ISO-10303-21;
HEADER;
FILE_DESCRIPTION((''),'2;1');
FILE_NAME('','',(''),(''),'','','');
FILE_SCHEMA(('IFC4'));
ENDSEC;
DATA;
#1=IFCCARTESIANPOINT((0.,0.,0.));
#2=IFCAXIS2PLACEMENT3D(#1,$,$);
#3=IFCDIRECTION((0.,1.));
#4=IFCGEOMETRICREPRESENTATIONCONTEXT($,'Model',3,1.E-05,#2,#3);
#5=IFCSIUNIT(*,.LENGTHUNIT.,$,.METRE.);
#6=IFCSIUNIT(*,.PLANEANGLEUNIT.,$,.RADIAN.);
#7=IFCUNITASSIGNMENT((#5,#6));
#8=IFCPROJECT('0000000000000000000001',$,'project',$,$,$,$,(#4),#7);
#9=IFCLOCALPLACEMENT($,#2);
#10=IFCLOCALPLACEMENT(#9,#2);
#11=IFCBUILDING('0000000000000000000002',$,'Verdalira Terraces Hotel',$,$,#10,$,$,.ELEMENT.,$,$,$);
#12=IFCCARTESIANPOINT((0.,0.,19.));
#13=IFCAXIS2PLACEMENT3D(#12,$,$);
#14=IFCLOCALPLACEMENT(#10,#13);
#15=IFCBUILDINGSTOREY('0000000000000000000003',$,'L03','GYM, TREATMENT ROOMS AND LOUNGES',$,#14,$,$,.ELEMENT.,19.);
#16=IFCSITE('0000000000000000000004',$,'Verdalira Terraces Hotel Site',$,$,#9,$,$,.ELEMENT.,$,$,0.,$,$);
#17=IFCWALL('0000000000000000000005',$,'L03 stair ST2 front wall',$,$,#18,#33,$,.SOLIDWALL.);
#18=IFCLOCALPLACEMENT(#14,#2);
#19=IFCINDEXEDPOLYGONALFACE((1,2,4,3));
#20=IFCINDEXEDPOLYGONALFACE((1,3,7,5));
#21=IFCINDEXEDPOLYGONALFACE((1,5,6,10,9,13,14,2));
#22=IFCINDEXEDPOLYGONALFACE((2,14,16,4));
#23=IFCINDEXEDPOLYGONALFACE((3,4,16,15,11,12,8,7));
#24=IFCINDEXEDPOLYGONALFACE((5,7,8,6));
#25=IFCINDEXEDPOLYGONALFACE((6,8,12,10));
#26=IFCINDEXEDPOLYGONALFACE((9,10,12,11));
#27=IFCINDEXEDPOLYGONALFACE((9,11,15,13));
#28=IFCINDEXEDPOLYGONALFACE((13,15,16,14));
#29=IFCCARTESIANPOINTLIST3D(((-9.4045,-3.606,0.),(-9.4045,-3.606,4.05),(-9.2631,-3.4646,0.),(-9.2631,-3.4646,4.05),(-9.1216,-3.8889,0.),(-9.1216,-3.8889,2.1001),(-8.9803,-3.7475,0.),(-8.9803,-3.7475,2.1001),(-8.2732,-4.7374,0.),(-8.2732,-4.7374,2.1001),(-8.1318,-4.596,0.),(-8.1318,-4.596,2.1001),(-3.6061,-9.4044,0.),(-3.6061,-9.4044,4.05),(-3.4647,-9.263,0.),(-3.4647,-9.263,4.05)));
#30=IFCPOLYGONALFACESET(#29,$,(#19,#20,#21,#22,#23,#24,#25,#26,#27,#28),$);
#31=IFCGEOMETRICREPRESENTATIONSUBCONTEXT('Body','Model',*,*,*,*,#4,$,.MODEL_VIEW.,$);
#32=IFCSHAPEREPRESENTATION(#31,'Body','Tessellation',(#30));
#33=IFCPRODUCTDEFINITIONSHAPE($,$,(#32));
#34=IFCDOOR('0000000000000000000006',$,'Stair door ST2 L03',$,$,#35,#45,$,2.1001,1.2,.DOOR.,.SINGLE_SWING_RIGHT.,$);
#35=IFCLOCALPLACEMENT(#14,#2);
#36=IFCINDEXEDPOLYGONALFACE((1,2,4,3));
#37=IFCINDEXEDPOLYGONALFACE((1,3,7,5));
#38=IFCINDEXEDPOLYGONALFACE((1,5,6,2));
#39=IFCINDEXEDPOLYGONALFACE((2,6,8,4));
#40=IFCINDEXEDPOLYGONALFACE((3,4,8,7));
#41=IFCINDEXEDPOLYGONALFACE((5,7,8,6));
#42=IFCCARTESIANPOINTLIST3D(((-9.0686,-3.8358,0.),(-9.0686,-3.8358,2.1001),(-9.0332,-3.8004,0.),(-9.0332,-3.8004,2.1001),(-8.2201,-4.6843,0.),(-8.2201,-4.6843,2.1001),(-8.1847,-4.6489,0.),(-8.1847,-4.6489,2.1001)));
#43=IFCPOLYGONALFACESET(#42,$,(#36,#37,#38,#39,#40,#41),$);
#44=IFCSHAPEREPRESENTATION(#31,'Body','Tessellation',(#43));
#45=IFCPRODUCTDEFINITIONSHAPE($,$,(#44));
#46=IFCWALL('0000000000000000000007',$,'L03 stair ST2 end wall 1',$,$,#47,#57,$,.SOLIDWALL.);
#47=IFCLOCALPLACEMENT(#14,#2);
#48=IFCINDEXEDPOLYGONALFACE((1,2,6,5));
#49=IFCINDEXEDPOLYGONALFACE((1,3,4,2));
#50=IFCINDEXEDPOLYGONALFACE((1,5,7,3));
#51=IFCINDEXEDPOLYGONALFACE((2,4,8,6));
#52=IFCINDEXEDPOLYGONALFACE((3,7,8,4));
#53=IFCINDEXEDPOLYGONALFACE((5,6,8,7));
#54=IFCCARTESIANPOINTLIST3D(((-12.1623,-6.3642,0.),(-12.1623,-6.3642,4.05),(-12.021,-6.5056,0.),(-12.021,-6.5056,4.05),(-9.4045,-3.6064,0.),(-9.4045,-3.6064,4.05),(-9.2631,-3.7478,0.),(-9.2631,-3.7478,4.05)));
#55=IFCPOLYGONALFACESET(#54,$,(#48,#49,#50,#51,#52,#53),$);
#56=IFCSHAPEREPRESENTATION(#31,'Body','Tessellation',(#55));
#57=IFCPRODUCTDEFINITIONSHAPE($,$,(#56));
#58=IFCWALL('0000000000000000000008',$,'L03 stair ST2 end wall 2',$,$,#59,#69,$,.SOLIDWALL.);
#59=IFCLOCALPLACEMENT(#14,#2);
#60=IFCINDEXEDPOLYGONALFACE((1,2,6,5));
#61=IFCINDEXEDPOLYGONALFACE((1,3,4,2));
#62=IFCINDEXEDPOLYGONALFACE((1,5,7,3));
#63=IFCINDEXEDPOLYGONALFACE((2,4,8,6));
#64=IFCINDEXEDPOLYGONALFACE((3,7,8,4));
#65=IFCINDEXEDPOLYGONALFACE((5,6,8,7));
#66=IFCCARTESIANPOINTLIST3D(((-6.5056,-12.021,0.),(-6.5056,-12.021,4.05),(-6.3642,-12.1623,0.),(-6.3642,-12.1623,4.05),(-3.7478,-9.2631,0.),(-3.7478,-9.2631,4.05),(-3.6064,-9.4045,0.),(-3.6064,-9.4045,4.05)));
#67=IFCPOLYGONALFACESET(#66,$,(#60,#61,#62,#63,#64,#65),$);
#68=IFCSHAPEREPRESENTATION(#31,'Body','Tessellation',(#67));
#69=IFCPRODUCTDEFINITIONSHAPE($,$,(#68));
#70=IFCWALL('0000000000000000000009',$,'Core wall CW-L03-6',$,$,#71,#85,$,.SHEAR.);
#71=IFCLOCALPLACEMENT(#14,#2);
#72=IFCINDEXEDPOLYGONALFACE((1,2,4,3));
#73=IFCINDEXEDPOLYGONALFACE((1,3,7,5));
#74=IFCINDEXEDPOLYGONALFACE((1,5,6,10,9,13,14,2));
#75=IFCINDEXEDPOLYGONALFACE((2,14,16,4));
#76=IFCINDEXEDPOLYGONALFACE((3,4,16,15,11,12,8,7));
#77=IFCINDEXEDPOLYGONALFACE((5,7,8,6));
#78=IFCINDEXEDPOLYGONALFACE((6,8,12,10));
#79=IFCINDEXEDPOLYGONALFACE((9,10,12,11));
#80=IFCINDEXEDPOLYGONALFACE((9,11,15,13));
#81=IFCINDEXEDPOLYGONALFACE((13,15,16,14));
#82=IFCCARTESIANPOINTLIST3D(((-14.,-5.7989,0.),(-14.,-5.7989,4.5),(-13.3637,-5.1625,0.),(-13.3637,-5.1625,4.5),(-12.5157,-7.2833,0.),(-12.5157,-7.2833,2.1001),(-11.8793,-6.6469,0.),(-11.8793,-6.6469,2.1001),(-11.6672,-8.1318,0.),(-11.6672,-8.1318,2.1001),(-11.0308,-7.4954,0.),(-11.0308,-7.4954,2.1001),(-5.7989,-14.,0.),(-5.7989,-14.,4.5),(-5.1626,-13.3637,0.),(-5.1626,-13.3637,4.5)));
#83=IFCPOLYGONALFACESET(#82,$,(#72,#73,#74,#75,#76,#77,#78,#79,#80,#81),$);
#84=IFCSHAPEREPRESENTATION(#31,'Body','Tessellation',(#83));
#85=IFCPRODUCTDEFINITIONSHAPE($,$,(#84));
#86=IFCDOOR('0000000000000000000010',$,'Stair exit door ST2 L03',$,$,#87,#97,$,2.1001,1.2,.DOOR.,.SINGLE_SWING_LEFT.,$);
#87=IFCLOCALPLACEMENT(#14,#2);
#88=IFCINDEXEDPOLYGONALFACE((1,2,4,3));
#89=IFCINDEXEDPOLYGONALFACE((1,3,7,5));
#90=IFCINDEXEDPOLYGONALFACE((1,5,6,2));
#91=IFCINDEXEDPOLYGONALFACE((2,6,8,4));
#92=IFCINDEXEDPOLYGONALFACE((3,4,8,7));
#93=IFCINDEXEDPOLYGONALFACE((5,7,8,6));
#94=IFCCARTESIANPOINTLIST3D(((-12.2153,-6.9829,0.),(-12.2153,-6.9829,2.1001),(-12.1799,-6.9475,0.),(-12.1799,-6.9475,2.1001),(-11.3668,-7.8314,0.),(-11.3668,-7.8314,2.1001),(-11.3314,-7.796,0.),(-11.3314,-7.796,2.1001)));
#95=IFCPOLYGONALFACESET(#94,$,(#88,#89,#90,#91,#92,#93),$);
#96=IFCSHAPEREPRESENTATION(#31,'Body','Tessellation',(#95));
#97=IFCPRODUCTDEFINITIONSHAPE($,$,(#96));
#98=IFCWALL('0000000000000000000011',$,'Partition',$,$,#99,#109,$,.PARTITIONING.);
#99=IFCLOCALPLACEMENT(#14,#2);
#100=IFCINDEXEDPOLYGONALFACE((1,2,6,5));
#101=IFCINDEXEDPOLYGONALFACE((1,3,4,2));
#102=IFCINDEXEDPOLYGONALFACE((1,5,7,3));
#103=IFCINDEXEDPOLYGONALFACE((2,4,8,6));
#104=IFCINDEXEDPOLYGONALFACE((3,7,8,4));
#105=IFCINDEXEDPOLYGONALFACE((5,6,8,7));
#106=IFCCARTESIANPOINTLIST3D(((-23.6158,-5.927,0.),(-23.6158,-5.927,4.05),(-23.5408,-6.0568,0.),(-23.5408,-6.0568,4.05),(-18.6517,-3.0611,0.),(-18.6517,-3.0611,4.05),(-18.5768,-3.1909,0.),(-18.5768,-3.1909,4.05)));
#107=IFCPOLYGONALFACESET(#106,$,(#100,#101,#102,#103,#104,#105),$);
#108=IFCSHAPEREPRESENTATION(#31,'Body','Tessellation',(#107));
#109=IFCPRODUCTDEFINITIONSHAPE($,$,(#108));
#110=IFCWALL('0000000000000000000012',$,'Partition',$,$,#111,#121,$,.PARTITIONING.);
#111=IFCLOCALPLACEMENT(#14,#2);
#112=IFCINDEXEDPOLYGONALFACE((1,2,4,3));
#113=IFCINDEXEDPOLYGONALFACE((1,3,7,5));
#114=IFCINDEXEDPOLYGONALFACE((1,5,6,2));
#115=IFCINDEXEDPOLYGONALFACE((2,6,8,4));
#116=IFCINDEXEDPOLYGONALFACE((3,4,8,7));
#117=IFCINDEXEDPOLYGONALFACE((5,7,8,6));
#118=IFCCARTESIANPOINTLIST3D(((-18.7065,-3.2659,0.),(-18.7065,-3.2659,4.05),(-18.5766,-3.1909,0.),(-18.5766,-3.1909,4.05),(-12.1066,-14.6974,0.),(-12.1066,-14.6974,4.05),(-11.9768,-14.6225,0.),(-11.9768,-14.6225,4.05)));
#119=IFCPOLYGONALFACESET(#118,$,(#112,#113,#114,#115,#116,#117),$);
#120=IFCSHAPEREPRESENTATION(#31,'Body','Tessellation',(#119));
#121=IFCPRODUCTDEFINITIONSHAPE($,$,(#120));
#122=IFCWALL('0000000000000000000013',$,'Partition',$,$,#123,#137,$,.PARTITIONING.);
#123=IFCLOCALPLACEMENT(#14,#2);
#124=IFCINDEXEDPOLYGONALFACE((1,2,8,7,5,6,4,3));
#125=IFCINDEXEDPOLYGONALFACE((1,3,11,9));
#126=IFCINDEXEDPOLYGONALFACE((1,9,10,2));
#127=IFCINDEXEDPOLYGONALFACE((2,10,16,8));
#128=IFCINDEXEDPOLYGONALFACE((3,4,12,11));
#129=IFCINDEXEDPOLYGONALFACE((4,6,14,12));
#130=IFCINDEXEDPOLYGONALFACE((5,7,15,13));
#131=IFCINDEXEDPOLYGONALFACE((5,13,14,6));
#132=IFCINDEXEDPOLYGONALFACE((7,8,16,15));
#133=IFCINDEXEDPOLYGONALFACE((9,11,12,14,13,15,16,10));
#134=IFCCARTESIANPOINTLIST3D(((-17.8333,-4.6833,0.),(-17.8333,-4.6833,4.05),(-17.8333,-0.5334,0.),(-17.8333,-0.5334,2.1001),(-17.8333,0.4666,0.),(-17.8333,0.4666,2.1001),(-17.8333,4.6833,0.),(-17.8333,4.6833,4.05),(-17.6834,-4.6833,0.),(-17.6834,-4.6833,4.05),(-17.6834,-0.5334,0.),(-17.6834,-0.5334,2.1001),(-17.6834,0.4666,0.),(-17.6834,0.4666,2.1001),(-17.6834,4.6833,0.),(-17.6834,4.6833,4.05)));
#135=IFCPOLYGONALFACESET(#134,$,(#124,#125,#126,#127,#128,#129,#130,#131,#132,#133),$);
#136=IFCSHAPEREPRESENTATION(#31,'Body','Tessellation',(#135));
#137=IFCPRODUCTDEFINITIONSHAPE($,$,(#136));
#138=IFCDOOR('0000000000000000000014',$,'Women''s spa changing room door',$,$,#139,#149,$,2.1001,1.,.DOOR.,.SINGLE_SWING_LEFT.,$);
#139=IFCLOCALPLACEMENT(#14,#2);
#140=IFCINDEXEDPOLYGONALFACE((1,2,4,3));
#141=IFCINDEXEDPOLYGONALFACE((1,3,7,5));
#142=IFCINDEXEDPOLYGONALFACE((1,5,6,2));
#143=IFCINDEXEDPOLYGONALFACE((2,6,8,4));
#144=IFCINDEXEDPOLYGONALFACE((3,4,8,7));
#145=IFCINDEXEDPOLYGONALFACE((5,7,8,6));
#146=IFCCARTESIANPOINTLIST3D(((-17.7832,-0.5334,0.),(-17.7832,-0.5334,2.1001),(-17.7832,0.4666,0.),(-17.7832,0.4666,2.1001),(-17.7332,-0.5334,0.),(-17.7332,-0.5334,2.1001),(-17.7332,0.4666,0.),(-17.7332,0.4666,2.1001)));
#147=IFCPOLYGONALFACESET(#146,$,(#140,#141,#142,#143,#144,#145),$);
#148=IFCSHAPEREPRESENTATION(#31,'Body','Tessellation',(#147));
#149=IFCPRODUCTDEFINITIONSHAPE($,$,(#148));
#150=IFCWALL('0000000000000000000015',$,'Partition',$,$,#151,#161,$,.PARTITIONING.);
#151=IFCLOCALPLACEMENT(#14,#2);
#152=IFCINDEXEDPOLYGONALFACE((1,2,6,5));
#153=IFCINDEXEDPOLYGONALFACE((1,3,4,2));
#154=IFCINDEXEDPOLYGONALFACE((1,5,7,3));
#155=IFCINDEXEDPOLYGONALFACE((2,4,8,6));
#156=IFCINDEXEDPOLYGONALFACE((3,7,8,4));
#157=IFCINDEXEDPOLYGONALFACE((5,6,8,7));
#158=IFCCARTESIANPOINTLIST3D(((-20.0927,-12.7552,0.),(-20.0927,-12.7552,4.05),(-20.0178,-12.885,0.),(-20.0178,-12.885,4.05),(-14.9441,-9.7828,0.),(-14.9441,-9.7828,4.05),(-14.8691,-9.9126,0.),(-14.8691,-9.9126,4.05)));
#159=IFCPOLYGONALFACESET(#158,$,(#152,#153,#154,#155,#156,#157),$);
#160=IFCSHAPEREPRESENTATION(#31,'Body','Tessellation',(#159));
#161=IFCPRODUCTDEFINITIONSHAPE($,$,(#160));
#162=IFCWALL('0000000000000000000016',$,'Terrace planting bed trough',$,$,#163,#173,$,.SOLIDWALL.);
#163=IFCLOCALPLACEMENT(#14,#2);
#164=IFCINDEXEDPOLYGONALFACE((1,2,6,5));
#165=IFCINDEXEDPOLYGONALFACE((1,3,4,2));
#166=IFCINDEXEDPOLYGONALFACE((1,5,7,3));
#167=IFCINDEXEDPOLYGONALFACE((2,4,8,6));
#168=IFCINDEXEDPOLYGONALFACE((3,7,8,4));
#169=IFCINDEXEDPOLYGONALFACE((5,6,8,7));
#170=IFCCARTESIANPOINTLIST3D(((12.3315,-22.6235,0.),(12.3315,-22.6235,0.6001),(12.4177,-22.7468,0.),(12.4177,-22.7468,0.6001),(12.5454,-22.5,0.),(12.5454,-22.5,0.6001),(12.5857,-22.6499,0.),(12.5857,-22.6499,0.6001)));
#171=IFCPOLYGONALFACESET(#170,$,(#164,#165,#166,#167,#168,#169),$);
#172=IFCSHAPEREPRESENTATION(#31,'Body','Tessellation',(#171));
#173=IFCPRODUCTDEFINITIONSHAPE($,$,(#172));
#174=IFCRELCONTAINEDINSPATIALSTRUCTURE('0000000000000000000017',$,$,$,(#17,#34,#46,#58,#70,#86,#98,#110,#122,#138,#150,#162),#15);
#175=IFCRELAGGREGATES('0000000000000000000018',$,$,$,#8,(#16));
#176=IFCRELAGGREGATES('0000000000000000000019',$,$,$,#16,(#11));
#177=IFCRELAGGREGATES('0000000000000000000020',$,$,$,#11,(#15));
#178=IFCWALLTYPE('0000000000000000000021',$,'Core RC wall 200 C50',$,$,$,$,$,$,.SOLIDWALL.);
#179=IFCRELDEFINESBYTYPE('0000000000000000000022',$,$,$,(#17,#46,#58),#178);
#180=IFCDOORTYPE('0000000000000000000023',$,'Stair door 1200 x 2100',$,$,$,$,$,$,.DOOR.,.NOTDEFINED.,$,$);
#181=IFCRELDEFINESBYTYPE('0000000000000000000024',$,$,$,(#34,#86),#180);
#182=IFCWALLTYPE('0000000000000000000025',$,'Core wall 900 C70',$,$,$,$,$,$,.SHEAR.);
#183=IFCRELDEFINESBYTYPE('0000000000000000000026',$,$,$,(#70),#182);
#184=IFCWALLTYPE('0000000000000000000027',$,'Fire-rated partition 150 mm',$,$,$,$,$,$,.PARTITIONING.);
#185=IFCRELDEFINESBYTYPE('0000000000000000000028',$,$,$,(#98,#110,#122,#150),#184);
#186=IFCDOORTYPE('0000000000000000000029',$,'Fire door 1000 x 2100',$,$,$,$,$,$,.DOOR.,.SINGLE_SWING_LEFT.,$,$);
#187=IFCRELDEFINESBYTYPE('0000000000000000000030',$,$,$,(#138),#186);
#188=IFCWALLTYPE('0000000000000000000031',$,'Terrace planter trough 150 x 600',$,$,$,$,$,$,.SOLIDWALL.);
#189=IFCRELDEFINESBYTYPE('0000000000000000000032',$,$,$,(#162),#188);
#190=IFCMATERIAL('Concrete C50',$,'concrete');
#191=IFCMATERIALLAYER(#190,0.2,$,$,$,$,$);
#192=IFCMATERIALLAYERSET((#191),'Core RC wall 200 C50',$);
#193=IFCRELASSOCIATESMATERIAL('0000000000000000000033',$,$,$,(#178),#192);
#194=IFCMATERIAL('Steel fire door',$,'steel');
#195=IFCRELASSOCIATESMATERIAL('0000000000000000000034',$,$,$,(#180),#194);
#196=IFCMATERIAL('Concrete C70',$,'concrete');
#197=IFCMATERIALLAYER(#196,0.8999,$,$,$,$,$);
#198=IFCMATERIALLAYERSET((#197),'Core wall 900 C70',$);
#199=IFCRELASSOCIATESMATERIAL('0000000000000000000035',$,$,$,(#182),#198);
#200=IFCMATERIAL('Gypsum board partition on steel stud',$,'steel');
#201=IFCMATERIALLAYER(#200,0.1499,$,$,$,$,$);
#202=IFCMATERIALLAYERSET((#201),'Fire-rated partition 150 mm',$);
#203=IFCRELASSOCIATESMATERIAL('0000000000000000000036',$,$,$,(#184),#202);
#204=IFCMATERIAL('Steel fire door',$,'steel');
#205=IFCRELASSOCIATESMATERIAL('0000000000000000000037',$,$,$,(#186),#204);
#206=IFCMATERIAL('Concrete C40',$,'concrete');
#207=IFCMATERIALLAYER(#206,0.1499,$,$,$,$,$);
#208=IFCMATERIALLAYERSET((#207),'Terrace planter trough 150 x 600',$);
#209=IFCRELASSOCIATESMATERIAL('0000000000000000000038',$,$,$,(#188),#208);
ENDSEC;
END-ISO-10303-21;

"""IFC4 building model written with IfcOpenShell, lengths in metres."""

from ifc_helpers import new_model, si_unit, direction, frame, frame_2d, origin, place, context, subcontext, project, spatial, polyline, rectangle, outline, extrude, material, layer, layer_set, type_object, element, fill, save


model = new_model("IFC4")

# Units and contexts
model_context = context("Model", 3, precision=1e-05, world=origin(), true_north=direction((0.0, 1.0)))
body_context = subcontext(model_context, "Body", "Model", "MODEL_VIEW")
ifc_project = project(units=[si_unit("LENGTHUNIT", "METRE"), si_unit("PLANEANGLEUNIT", "RADIAN")], contexts=[model_context])

# Site, building, storey
site_placement = place(None, origin())
site = spatial("IfcSite", under=ifc_project, at=site_placement, Name="Verdalira Terraces Hotel Site", CompositionType="ELEMENT", RefElevation=0.0)
building_placement = place(site_placement, origin())
building = spatial("IfcBuilding", under=site, at=building_placement, Name="Verdalira Terraces Hotel", CompositionType="ELEMENT")
storey_placement = place(building_placement, frame((0.0, 0.0, 19.0)))
storey = spatial("IfcBuildingStorey", under=building, at=storey_placement, Name="L03", Description="GYM, TREATMENT ROOMS AND LOUNGES", CompositionType="ELEMENT", Elevation=19.0)

# Wall, opening, door
ifc_material_1 = material(Name="Concrete C50", Category="concrete")
ifc_layer_1 = layer(ifc_material_1, 0.2)
ifc_layer_set_1 = layer_set([ifc_layer_1], Name="Core RC wall 200 C50")
wall_type_1 = type_object("IfcWallType", Name="Core RC wall 200 C50", PredefinedType="SOLIDWALL", material=ifc_layer_set_1)
wall_1_placement = place(storey_placement, frame((-3.5354, -9.3337, 0.0), z_axis=(0.0, 0.0, 1.0), x_axis=(-0.707107, 0.707107, 0.0)))
wall_1 = element("IfcWall", 1, at=wall_1_placement, inside=storey, type_object=wall_type_1, Name="L03 stair ST2 front wall", PredefinedType="SOLIDWALL", context=body_context, shape_type="SweptSolid", body=[
    extrude(rectangle(XDim=8.2002, YDim=0.2, at=frame_2d((4.1001, 0.0))), origin(), (0.0, 0.0, 1.0), 4.05),
])
opening_1_placement = place(wall_1_placement, frame((6.6001, 0.0, 0.0)))
opening_1 = element("IfcOpeningElement", 2, at=opening_1_placement, cuts=wall_1, PredefinedType="OPENING", context=body_context, shape_type="SweptSolid", body=[
    extrude(rectangle(XDim=1.2, YDim=2.1001, at=frame_2d((0.6001, 1.05))), frame((0.0, 0.1099, 0.0), z_axis=(0.0, -1.0, 0.0), x_axis=(1.0, 0.0, 0.0)), (0.0, 0.0, 1.0), 0.22),
])
ifc_material_2 = material(Name="Steel fire door", Category="steel")
door_type_1 = type_object("IfcDoorType", Name="Stair door 1200 x 2100", OperationType="NOTDEFINED", PredefinedType="DOOR", material=ifc_material_2)
door_1_placement = place(opening_1_placement, origin())
door_1 = element("IfcDoor", 3, at=door_1_placement, inside=storey, type_object=door_type_1, Name="Stair door ST2 L03", OperationType="SINGLE_SWING_RIGHT", OverallHeight=2.1001, OverallWidth=1.2, PredefinedType="DOOR", context=body_context, shape_type="SweptSolid", body=[
    extrude(rectangle(XDim=1.2, YDim=2.1001, at=frame_2d((0.6001, 1.05))), frame((0.0, 0.0249, 0.0), z_axis=(0.0, -1.0, 0.0), x_axis=(1.0, 0.0, 0.0)), (0.0, 0.0, 1.0), 0.05),
])
fill(opening_1, door_1)

# Walls
for number, where, z_axis, x_axis, name in (
    (4, (-9.3337, -3.677, 0.0), (0.0, 0.0, 1.0), (-0.707107, -0.707107, 0.0), "L03 stair ST2 end wall 1"),
    (5, (-3.677, -9.3337, 0.0), (0.0, 0.0, 1.0), (-0.707107, -0.707107, 0.0), "L03 stair ST2 end wall 2"),
):
    element("IfcWall", number, at=place(storey_placement, frame(where, z_axis=z_axis, x_axis=x_axis)), inside=storey, type_object=wall_type_1, Name=name, PredefinedType="SOLIDWALL", context=body_context, shape_type="SweptSolid", body=[
        extrude(rectangle(XDim=3.9001, YDim=0.2, at=frame_2d((1.9502, 0.0))), origin(), (0.0, 0.0, 1.0), 4.05),
    ])

# Wall, opening, door
ifc_material_3 = material(Name="Concrete C70", Category="concrete")
ifc_layer_2 = layer(ifc_material_3, 0.8999)
ifc_layer_set_2 = layer_set([ifc_layer_2], Name="Core wall 900 C70")
wall_type_2 = type_object("IfcWallType", Name="Core wall 900 C70", PredefinedType="SHEAR", material=ifc_layer_set_2)
wall_2_placement = place(storey_placement, frame((-13.6819, -5.4807, 0.0), z_axis=(0.0, 0.0, 1.0), x_axis=(0.707107, -0.707107, 0.0)))
wall_2 = element("IfcWall", 6, at=wall_2_placement, inside=storey, type_object=wall_type_2, Name="Core wall CW-L03-6", PredefinedType="SHEAR", context=body_context, shape_type="SweptSolid", body=[
    extrude(rectangle(XDim=11.5981, YDim=0.8999, at=frame_2d((5.7991, 0.0))), origin(), (0.0, 0.0, 1.0), 4.5),
])
opening_2_placement = place(wall_2_placement, frame((2.0991, 0.0, 0.0)))
opening_2 = element("IfcOpeningElement", 7, at=opening_2_placement, cuts=wall_2, PredefinedType="OPENING", context=body_context, shape_type="SweptSolid", body=[
    extrude(rectangle(XDim=1.2, YDim=2.1001, at=frame_2d((0.6001, 1.05))), frame((0.0, 0.46, 0.0), z_axis=(0.0, -1.0, 0.0), x_axis=(1.0, 0.0, 0.0)), (0.0, 0.0, 1.0), 0.9199),
])
door_2_placement = place(opening_2_placement, origin())
door_2 = element("IfcDoor", 8, at=door_2_placement, inside=storey, type_object=door_type_1, Name="Stair exit door ST2 L03", OperationType="SINGLE_SWING_LEFT", OverallHeight=2.1001, OverallWidth=1.2, PredefinedType="DOOR", context=body_context, shape_type="SweptSolid", body=[
    extrude(rectangle(XDim=1.2, YDim=2.1001, at=frame_2d((0.6001, 1.05))), frame((0.0, 0.0249, 0.0), z_axis=(0.0, -1.0, 0.0), x_axis=(1.0, 0.0, 0.0)), (0.0, 0.0, 1.0), 0.05),
])
fill(opening_2, door_2)

# Walls
ifc_material_4 = material(Name="Gypsum board partition on steel stud", Category="steel")
ifc_layer_3 = layer(ifc_material_4, 0.1499)
ifc_layer_set_3 = layer_set([ifc_layer_3], Name="Fire-rated partition 150 mm")
wall_type_3 = type_object("IfcWallType", Name="Fire-rated partition 150 mm", PredefinedType="PARTITIONING", material=ifc_layer_set_3)
wall_3_placement = place(storey_placement, frame((-18.6143, -3.126, 0.0), z_axis=(0.0, 0.0, 1.0), x_axis=(-0.86603, -0.499992, 0.0)))
element("IfcWall", 9, at=wall_3_placement, inside=storey, type_object=wall_type_3, Name="Partition", PredefinedType="PARTITIONING", context=body_context, shape_type="SweptSolid", body=[
    extrude(rectangle(XDim=5.7319, YDim=0.1499, at=frame_2d((2.866, 0.0))), origin(), (0.0, 0.0, 1.0), 4.05),
])
wall_4_placement = place(storey_placement, frame((-18.6416, -3.2283, 0.0), z_axis=(0.0, 0.0, 1.0), x_axis=(0.499988, -0.866032, 0.0)))
element("IfcWall", 10, at=wall_4_placement, inside=storey, type_object=wall_type_3, Name="Partition", PredefinedType="PARTITIONING", context=body_context, shape_type="SweptSolid", body=[
    extrude(rectangle(XDim=13.2, YDim=0.1499, at=frame_2d((6.6001, 0.0))), origin(), (0.0, 0.0, 1.0), 4.05),
])

# Wall, opening, door
wall_5_placement = place(storey_placement, frame((-17.7583, -4.6833, 0.0), z_axis=(0.0, 0.0, 1.0), x_axis=(0.0, 1.0, 0.0)))
wall_5 = element("IfcWall", 11, at=wall_5_placement, inside=storey, type_object=wall_type_3, Name="Partition", PredefinedType="PARTITIONING", context=body_context, shape_type="SweptSolid", body=[
    extrude(rectangle(XDim=9.3667, YDim=0.1499, at=frame_2d((4.6833, 0.0))), origin(), (0.0, 0.0, 1.0), 4.05),
])
opening_3_placement = place(wall_5_placement, frame((4.1499, 0.0, 0.0)))
opening_3 = element("IfcOpeningElement", 12, at=opening_3_placement, cuts=wall_5, PredefinedType="OPENING", context=body_context, shape_type="SweptSolid", body=[
    extrude(rectangle(XDim=1.0, YDim=2.1001, at=frame_2d((0.5, 1.05))), frame((0.0, 0.085, 0.0), z_axis=(0.0, -1.0, 0.0), x_axis=(1.0, 0.0, 0.0)), (0.0, 0.0, 1.0), 0.1699),
])
ifc_material_5 = material(Name="Steel fire door", Category="steel")
door_type_2 = type_object("IfcDoorType", Name="Fire door 1000 x 2100", OperationType="SINGLE_SWING_LEFT", PredefinedType="DOOR", material=ifc_material_5)
door_3_placement = place(opening_3_placement, origin())
door_3 = element("IfcDoor", 13, at=door_3_placement, inside=storey, type_object=door_type_2, Name="Women's spa changing room door", OperationType="SINGLE_SWING_LEFT", OverallHeight=2.1001, OverallWidth=1.0, PredefinedType="DOOR", context=body_context, shape_type="SweptSolid", body=[
    extrude(rectangle(XDim=1.0, YDim=2.1001, at=frame_2d((0.5, 1.05))), frame((0.0, 0.0249, 0.0), z_axis=(0.0, -1.0, 0.0), x_axis=(1.0, 0.0, 0.0)), (0.0, 0.0, 1.0), 0.05),
])
fill(opening_3, door_3)

# Walls
wall_6_placement = place(storey_placement, frame((-14.9065, -9.8477, 0.0), z_axis=(0.0, 0.0, 1.0), x_axis=(-0.866039, -0.499977, 0.0)))
element("IfcWall", 14, at=wall_6_placement, inside=storey, type_object=wall_type_3, Name="Partition", PredefinedType="PARTITIONING", context=body_context, shape_type="SweptSolid", body=[
    extrude(rectangle(XDim=5.9451, YDim=0.1499, at=frame_2d((2.9727, 0.0))), origin(), (0.0, 0.0, 1.0), 4.05),
])
ifc_material_6 = material(Name="Concrete C40", Category="concrete")
ifc_layer_4 = layer(ifc_material_6, 0.1499)
ifc_layer_set_4 = layer_set([ifc_layer_4], Name="Terrace planter trough 150 x 600")
wall_type_4 = type_object("IfcWallType", Name="Terrace planter trough 150 x 600", PredefinedType="SOLIDWALL", material=ifc_layer_set_4)
wall_7_placement = place(storey_placement, origin())
element("IfcWall", 15, at=wall_7_placement, inside=storey, type_object=wall_type_4, Name="Terrace planting bed trough", PredefinedType="SOLIDWALL", context=body_context, shape_type="SweptSolid", body=[
    extrude(outline(polyline([(12.5454, -22.5), (12.3315, -22.6235), (12.4177, -22.7468), (12.5857, -22.6499), (12.5454, -22.5)])), origin(), (0.0, 0.0, 1.0), 0.6001),
])

save(model, "model.ifc")
